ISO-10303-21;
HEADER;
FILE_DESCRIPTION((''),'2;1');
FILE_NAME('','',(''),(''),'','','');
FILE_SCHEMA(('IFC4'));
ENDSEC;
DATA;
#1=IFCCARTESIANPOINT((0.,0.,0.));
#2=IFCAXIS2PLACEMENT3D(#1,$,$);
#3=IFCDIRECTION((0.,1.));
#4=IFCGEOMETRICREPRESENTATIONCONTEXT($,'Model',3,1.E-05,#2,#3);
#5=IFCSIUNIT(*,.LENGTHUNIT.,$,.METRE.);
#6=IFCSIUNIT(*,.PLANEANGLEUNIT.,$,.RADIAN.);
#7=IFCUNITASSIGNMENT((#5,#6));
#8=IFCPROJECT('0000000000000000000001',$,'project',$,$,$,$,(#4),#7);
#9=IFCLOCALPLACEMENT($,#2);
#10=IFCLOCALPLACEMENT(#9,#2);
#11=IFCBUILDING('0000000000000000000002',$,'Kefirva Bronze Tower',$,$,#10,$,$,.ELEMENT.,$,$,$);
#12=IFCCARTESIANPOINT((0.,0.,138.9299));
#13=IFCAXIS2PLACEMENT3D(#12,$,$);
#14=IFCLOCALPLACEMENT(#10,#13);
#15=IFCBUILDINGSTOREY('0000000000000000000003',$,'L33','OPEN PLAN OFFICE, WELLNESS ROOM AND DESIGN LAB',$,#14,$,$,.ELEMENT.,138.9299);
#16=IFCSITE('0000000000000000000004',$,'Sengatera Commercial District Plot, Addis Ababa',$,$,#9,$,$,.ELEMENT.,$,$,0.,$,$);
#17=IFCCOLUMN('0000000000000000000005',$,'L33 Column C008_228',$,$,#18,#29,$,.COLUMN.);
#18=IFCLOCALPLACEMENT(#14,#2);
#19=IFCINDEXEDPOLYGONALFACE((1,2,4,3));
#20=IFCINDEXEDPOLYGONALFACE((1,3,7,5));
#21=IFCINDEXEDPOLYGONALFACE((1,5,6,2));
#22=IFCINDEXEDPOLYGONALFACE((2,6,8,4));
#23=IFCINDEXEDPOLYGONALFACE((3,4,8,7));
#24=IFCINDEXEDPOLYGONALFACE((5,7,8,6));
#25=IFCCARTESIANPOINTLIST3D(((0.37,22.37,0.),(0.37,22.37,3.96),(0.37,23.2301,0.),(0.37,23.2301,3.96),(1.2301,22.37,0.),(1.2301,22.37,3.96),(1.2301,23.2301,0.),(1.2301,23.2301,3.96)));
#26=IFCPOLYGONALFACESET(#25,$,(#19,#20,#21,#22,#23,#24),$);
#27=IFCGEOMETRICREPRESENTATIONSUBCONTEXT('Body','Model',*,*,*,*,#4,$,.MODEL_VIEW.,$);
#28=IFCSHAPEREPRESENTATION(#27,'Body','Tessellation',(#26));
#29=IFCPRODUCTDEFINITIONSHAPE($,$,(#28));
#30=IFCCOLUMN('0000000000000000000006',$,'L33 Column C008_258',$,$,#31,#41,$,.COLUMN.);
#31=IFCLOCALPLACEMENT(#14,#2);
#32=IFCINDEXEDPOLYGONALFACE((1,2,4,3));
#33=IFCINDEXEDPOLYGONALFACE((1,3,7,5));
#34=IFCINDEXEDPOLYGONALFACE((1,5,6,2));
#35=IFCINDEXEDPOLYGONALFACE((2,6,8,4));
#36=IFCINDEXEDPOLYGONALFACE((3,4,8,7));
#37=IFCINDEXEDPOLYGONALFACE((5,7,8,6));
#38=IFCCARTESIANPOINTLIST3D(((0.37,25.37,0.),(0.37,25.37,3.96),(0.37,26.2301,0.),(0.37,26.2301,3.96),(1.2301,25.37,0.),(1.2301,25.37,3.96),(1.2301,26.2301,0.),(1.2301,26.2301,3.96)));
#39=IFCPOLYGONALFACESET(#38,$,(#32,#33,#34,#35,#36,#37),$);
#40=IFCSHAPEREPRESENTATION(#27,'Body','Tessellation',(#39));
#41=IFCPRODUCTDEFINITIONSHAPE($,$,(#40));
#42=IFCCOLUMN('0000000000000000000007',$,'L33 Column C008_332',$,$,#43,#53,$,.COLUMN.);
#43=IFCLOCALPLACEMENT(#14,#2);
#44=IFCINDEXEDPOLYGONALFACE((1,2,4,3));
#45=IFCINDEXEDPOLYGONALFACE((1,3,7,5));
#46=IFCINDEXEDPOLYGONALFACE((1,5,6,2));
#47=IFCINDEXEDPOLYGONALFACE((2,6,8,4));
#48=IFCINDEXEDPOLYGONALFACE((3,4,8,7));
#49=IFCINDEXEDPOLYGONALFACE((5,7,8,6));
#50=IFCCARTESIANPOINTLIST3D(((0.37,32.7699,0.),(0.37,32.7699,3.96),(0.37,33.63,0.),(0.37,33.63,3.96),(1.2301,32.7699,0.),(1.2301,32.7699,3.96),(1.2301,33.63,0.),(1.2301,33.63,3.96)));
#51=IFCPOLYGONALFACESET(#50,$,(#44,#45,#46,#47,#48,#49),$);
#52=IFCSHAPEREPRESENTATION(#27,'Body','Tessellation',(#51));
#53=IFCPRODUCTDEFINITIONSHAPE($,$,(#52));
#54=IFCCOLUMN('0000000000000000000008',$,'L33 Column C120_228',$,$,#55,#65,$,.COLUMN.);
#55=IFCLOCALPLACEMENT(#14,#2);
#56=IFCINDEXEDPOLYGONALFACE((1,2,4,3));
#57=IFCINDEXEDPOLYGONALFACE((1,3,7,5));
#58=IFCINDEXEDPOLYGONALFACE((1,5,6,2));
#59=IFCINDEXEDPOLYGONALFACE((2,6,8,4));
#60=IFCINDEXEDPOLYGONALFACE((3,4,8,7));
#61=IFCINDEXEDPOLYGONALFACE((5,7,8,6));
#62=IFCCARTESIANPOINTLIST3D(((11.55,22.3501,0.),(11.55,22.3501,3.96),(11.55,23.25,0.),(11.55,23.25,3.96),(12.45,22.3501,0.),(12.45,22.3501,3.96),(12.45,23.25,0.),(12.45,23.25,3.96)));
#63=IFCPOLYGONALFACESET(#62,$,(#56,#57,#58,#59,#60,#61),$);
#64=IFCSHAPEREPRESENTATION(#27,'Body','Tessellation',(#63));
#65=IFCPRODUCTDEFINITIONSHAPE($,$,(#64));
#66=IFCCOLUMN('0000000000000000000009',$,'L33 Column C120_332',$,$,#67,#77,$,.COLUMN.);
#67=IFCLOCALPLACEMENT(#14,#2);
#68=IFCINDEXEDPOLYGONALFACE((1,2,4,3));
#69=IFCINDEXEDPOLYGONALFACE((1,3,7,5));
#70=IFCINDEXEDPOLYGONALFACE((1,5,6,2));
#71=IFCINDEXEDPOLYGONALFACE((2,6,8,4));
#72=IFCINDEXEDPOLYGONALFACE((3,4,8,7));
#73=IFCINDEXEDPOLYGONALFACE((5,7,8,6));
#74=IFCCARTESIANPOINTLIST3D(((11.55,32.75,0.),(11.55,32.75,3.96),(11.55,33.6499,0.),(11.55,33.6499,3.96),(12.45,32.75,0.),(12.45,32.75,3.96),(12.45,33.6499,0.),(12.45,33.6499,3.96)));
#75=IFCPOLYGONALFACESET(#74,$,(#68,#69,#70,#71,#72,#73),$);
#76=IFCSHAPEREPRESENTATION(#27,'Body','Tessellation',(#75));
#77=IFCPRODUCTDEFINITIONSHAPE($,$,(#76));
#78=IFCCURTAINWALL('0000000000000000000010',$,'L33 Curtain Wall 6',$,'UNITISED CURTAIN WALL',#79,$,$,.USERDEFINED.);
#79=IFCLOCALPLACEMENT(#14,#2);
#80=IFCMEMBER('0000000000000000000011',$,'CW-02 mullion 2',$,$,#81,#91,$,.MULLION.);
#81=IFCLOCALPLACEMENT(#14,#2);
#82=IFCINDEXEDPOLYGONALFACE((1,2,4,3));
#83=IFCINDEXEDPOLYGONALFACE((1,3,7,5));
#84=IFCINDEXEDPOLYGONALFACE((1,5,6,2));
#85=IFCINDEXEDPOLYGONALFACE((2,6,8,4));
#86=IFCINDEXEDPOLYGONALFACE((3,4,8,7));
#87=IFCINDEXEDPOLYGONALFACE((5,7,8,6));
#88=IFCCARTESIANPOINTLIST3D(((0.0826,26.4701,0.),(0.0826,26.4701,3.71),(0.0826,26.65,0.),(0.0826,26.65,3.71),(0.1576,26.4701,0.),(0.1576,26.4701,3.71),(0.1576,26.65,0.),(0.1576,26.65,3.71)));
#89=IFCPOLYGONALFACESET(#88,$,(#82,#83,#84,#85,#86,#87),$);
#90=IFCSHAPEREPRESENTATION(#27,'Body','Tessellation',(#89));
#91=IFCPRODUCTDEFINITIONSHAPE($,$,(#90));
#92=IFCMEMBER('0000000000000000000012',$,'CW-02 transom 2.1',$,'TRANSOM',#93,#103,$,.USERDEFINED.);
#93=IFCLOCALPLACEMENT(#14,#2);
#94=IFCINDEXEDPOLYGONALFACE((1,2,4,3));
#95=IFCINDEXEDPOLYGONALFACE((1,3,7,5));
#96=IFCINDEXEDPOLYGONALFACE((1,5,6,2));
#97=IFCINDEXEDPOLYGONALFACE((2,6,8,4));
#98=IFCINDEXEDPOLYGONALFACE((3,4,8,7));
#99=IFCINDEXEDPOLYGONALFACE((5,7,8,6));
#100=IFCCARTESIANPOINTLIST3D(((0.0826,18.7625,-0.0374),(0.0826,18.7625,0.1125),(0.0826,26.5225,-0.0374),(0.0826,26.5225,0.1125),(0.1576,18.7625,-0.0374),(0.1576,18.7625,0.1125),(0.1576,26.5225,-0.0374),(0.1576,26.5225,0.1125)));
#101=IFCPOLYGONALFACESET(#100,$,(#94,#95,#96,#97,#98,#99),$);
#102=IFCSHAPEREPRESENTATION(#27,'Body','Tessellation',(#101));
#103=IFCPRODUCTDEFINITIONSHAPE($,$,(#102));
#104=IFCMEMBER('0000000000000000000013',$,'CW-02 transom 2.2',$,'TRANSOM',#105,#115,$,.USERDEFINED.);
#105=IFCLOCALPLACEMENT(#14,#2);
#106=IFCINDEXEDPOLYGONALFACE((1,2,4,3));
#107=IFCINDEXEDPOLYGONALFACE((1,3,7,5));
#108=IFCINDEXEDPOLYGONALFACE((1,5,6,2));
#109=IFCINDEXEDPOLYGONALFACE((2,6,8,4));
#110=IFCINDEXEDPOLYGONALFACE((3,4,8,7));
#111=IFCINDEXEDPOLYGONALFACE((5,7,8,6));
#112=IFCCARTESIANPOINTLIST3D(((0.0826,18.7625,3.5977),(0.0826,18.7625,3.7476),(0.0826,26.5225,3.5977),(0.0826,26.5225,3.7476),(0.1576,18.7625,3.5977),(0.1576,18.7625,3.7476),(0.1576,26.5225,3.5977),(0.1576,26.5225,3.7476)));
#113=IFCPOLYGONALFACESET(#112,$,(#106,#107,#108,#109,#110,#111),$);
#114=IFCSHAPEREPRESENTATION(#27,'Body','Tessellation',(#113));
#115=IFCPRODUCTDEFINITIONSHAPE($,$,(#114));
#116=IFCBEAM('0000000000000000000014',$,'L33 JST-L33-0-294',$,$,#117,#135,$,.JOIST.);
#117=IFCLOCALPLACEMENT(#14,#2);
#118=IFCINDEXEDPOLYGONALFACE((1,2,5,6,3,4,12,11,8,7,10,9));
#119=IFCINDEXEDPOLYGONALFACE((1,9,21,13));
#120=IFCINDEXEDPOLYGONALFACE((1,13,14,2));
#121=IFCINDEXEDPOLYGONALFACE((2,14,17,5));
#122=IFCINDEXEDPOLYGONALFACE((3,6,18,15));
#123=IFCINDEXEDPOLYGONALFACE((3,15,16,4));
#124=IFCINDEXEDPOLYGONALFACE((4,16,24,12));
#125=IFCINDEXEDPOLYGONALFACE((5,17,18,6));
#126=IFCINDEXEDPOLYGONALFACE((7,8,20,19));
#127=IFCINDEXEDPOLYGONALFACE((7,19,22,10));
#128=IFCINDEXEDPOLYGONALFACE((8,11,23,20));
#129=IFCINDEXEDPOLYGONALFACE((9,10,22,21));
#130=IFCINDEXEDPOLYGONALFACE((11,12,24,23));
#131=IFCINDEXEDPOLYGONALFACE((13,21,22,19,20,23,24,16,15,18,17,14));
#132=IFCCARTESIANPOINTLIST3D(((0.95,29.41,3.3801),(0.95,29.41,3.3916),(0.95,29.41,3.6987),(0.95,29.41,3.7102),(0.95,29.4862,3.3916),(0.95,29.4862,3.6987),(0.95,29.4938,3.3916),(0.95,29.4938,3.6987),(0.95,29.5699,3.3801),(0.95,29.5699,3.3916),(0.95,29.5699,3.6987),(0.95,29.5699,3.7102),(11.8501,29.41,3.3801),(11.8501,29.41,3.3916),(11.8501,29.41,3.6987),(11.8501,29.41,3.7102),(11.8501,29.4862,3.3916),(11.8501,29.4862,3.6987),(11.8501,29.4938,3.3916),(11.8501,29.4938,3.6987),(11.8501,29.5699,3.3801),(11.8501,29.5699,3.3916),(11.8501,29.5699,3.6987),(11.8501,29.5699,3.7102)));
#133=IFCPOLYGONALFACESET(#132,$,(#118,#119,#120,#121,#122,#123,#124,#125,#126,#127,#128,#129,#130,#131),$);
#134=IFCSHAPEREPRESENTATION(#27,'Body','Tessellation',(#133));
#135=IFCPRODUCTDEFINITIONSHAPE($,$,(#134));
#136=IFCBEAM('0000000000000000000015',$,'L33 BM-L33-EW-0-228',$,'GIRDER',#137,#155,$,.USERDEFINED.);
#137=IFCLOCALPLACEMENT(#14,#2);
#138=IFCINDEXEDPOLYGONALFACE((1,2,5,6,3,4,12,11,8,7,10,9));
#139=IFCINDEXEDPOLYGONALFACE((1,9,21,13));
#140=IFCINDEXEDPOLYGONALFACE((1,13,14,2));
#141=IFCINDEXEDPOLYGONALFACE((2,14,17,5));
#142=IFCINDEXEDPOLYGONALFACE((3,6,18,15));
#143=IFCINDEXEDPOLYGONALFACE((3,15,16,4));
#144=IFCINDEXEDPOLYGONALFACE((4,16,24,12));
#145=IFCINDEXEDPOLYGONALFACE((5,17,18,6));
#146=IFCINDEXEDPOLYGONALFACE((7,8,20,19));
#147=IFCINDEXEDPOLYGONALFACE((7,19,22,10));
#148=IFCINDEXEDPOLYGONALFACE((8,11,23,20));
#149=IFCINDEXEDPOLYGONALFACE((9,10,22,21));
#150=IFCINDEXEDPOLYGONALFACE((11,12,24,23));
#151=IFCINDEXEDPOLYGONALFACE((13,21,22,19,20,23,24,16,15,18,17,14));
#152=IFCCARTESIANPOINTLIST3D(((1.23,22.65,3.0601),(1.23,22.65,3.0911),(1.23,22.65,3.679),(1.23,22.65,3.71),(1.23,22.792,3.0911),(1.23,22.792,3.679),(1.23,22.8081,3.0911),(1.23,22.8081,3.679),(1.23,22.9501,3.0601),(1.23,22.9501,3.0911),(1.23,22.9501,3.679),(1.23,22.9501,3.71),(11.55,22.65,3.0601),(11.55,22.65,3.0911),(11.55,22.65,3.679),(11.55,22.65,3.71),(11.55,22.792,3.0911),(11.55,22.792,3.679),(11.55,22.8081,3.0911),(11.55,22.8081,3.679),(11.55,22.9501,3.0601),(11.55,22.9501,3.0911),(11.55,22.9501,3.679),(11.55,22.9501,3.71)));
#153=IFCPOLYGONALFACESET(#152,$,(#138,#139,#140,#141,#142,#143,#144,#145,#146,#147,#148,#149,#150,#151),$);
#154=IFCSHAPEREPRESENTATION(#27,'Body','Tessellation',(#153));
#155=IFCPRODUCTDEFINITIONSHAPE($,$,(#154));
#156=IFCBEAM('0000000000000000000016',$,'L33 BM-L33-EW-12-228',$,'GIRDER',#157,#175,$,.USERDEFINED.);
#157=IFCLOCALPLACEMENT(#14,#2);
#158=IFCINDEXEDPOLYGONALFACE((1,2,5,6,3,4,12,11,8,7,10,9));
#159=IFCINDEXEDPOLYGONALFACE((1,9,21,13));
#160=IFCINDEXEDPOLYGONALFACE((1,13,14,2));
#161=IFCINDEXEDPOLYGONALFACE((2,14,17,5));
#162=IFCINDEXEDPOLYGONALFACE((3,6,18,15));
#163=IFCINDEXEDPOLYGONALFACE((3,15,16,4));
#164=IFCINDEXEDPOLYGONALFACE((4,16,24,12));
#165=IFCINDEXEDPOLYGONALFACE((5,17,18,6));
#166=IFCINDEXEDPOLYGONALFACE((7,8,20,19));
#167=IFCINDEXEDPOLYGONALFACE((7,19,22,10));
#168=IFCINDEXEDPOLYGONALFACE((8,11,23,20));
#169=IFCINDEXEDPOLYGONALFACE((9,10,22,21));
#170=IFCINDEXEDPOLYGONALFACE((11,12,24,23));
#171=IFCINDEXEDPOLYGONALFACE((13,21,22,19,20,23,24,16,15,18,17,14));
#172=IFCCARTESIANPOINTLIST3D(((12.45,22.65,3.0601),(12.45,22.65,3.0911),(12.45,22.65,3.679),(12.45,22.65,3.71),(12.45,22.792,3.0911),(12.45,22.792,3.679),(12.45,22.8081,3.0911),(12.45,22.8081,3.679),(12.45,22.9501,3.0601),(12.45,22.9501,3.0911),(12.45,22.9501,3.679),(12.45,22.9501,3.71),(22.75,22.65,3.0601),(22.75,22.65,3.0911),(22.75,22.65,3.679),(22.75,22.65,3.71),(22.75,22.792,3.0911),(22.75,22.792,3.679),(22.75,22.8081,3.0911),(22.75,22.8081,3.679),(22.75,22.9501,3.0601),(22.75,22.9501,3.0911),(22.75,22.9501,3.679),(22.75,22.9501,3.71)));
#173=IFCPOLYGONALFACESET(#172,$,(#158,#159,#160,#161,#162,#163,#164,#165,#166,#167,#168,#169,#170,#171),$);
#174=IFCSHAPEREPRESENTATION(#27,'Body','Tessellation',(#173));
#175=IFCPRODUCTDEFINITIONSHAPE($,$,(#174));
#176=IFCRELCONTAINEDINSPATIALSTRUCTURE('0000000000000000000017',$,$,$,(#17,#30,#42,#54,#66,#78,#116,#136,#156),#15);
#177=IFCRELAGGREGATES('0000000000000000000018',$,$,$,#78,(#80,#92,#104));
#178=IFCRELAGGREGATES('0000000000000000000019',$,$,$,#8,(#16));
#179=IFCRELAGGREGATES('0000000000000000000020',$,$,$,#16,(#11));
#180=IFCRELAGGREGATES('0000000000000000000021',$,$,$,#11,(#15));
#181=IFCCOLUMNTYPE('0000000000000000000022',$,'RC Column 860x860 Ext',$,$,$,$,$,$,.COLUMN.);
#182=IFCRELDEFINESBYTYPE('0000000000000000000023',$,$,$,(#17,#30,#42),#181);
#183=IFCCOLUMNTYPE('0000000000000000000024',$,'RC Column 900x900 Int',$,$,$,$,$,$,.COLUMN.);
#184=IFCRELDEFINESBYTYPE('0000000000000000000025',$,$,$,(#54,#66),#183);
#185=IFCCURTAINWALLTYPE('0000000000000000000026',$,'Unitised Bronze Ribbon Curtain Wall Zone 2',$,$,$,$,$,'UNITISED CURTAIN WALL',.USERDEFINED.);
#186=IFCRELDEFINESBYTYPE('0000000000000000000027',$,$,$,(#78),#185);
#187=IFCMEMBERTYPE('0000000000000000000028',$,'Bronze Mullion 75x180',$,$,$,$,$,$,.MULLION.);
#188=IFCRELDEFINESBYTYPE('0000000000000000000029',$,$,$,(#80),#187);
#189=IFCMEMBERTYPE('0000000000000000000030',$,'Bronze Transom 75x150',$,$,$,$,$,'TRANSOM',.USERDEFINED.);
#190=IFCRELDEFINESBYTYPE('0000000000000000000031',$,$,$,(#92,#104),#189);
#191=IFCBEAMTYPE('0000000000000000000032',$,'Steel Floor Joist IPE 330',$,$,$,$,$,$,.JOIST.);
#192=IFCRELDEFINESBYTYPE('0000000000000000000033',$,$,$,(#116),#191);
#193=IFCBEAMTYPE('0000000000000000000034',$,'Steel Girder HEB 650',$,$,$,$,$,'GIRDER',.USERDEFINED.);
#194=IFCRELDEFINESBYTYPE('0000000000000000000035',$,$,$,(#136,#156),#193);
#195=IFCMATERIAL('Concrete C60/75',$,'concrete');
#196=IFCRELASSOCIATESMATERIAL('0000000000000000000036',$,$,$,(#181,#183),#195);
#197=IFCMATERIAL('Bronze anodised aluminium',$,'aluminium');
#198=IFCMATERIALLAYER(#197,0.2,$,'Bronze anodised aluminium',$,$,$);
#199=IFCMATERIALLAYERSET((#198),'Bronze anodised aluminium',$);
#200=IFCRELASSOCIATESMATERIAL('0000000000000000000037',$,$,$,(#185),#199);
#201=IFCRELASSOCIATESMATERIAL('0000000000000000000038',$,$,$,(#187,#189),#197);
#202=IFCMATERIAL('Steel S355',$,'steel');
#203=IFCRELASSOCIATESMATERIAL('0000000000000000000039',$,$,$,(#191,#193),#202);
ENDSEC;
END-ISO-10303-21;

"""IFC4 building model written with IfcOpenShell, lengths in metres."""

from ifc_helpers import new_model, si_unit, direction, frame, origin, origin_2d, place, context, subcontext, project, spatial, rectangle, i_section, extrude, material, layer, layer_set, material_profile, profile_set, type_object, element, aggregate, save


model = new_model("IFC4")

# Units and contexts
model_context = context("Model", 3, precision=1e-05, world=origin(), true_north=direction((0.0, 1.0)))
body_context = subcontext(model_context, "Body", "Model", "MODEL_VIEW")
ifc_project = project(units=[si_unit("LENGTHUNIT", "METRE"), si_unit("PLANEANGLEUNIT", "RADIAN")], contexts=[model_context])

# Site, building, storey
site_placement = place(None, origin())
site = spatial("IfcSite", under=ifc_project, at=site_placement, Name="Sengatera Commercial District Plot, Addis Ababa", CompositionType="ELEMENT", RefElevation=0.0)
building_placement = place(site_placement, origin())
building = spatial("IfcBuilding", under=site, at=building_placement, Name="Kefirva Bronze Tower", CompositionType="ELEMENT")
storey_placement = place(building_placement, frame((0.0, 0.0, 138.9299)))
storey = spatial("IfcBuildingStorey", under=building, at=storey_placement, Name="L33", Description="OPEN PLAN OFFICE, WELLNESS ROOM AND DESIGN LAB", CompositionType="ELEMENT", Elevation=138.9299)

# Columns
ifc_material_1 = material(Name="Concrete C60/75", Category="concrete")
ifc_material_profile_1 = material_profile(ifc_material_1, rectangle(XDim=0.8601, YDim=0.8601, at=origin_2d()), Name="RC 860x860")
ifc_profile_set_1 = profile_set([ifc_material_profile_1], Name="Concrete C60/75")
column_type_1 = type_object("IfcColumnType", Name="RC Column 860x860 Ext", PredefinedType="COLUMN", material=ifc_profile_set_1)
for number, where, z_axis, x_axis, name in (
    (1, (0.8, 22.8, 0.0), (0.0, 0.0, 1.0), (1.0, 0.0, 0.0), "L33 Column C008_228"),
    (2, (0.8, 25.8, 0.0), (0.0, 0.0, 1.0), (1.0, 0.0, 0.0), "L33 Column C008_258"),
    (3, (0.8, 33.2, 0.0), (0.0, 0.0, 1.0), (1.0, 0.0, 0.0), "L33 Column C008_332"),
):
    element("IfcColumn", number, at=place(storey_placement, frame(where, z_axis=z_axis, x_axis=x_axis)), inside=storey, type_object=column_type_1, Name=name, PredefinedType="COLUMN", context=body_context, shape_type="SweptSolid", body=[
        extrude(rectangle(XDim=0.8601, YDim=0.8601, at=origin_2d()), origin(), (0.0, 0.0, 1.0), 3.96),
    ])
ifc_material_profile_2 = material_profile(ifc_material_1, rectangle(XDim=0.8999, YDim=0.8999, at=origin_2d()), Name="RC 900x900")
ifc_profile_set_2 = profile_set([ifc_material_profile_2], Name="Concrete C60/75")
column_type_2 = type_object("IfcColumnType", Name="RC Column 900x900 Int", PredefinedType="COLUMN", material=ifc_profile_set_2)
for number, where, z_axis, x_axis, name in (
    (4, (12.0, 22.8, 0.0), (0.0, 0.0, 1.0), (1.0, 0.0, 0.0), "L33 Column C120_228"),
    (5, (12.0, 33.2, 0.0), (0.0, 0.0, 1.0), (1.0, 0.0, 0.0), "L33 Column C120_332"),
):
    element("IfcColumn", number, at=place(storey_placement, frame(where, z_axis=z_axis, x_axis=x_axis)), inside=storey, type_object=column_type_2, Name=name, PredefinedType="COLUMN", context=body_context, shape_type="SweptSolid", body=[
        extrude(rectangle(XDim=0.8999, YDim=0.8999, at=origin_2d()), origin(), (0.0, 0.0, 1.0), 3.96),
    ])

# Curtain wall, members
ifc_material_2 = material(Name="Bronze anodised aluminium", Category="aluminium")
ifc_layer_1 = layer(ifc_material_2, 0.2, Name="Bronze anodised aluminium")
ifc_layer_set_1 = layer_set([ifc_layer_1], Name="Bronze anodised aluminium")
curtain_wall_type = type_object("IfcCurtainWallType", Name="Unitised Bronze Ribbon Curtain Wall Zone 2", ElementType="UNITISED CURTAIN WALL", PredefinedType="USERDEFINED", material=ifc_layer_set_1)
curtain_wall_placement = place(storey_placement, origin())
curtain_wall = element("IfcCurtainWall", 6, at=curtain_wall_placement, inside=storey, type_object=curtain_wall_type, Name="L33 Curtain Wall 6", ObjectType="UNITISED CURTAIN WALL", PredefinedType="USERDEFINED")
ifc_material_profile_3 = material_profile(ifc_material_2, rectangle(XDim=0.075, YDim=0.1799, at=origin_2d()), Name="ALU 75x180")
ifc_profile_set_3 = profile_set([ifc_material_profile_3], Name="Bronze anodised aluminium")
member_type_1 = type_object("IfcMemberType", Name="Bronze Mullion 75x180", PredefinedType="MULLION", material=ifc_profile_set_3)
member_1_placement = place(storey_placement, frame((0.1201, 26.5601, 0.0), z_axis=(0.0, 0.0, 1.0), x_axis=(1.0, 0.0, 0.0)))
member_1 = element("IfcMember", 7, at=member_1_placement, type_object=member_type_1, Name="CW-02 mullion 2", PredefinedType="MULLION", context=body_context, shape_type="SweptSolid", body=[
    extrude(rectangle(XDim=0.075, YDim=0.1799, at=origin_2d()), origin(), (0.0, 0.0, 1.0), 3.71),
])
ifc_material_profile_4 = material_profile(ifc_material_2, rectangle(XDim=0.075, YDim=0.1499, at=origin_2d()), Name="ALU 75x150")
ifc_profile_set_4 = profile_set([ifc_material_profile_4], Name="Bronze anodised aluminium")
member_type_2 = type_object("IfcMemberType", Name="Bronze Transom 75x150", ElementType="TRANSOM", PredefinedType="USERDEFINED", material=ifc_profile_set_4)
member_2_placement = place(storey_placement, frame((0.1201, 26.5225, 0.0376), z_axis=(0.0, -1.0, 0.0), x_axis=(1.0, 0.0, 0.0)))
member_2 = element("IfcMember", 8, at=member_2_placement, type_object=member_type_2, Name="CW-02 transom 2.1", ObjectType="TRANSOM", PredefinedType="USERDEFINED", context=body_context, shape_type="SweptSolid", body=[
    extrude(rectangle(XDim=0.075, YDim=0.1499, at=origin_2d()), origin(), (0.0, 0.0, 1.0), 7.76),
])
member_3_placement = place(storey_placement, frame((0.1201, 26.5225, 3.6726), z_axis=(0.0, -1.0, 0.0), x_axis=(1.0, 0.0, 0.0)))
member_3 = element("IfcMember", 9, at=member_3_placement, type_object=member_type_2, Name="CW-02 transom 2.2", ObjectType="TRANSOM", PredefinedType="USERDEFINED", context=body_context, shape_type="SweptSolid", body=[
    extrude(rectangle(XDim=0.075, YDim=0.1499, at=origin_2d()), origin(), (0.0, 0.0, 1.0), 7.76),
])

# Beams
ifc_material_3 = material(Name="Steel S355", Category="steel")
ifc_material_profile_5 = material_profile(ifc_material_3, i_section(OverallWidth=0.1599, OverallDepth=0.3301, WebThickness=0.0076, FlangeThickness=0.0115, at=origin_2d()), Name="IPE 330")
ifc_profile_set_5 = profile_set([ifc_material_profile_5], Name="Steel S355")
beam_type_1 = type_object("IfcBeamType", Name="Steel Floor Joist IPE 330", PredefinedType="JOIST", material=ifc_profile_set_5)
beam_1_placement = place(storey_placement, frame((0.95, 29.49, 3.5452), z_axis=(1.0, 0.0, 0.0), x_axis=(0.0, 1.0, 0.0)))
element("IfcBeam", 10, at=beam_1_placement, inside=storey, type_object=beam_type_1, Name="L33 JST-L33-0-294", PredefinedType="JOIST", context=body_context, shape_type="SweptSolid", body=[
    extrude(i_section(OverallWidth=0.1599, OverallDepth=0.3301, WebThickness=0.0076, FlangeThickness=0.0115, at=origin_2d()), origin(), (0.0, 0.0, 1.0), 10.9001),
])
ifc_material_profile_6 = material_profile(ifc_material_3, i_section(OverallWidth=0.3, OverallDepth=0.6499, WebThickness=0.0161, FlangeThickness=0.031, at=origin_2d()), Name="HEB 650")
ifc_profile_set_6 = profile_set([ifc_material_profile_6], Name="Steel S355")
beam_type_2 = type_object("IfcBeamType", Name="Steel Girder HEB 650", ElementType="GIRDER", PredefinedType="USERDEFINED", material=ifc_profile_set_6)
beam_2_placement = place(storey_placement, frame((1.23, 22.8, 3.385), z_axis=(1.0, 0.0, 0.0), x_axis=(0.0, 1.0, 0.0)))
element("IfcBeam", 11, at=beam_2_placement, inside=storey, type_object=beam_type_2, Name="L33 BM-L33-EW-0-228", ObjectType="GIRDER", PredefinedType="USERDEFINED", context=body_context, shape_type="SweptSolid", body=[
    extrude(i_section(OverallWidth=0.3, OverallDepth=0.6499, WebThickness=0.0161, FlangeThickness=0.031, at=origin_2d()), origin(), (0.0, 0.0, 1.0), 10.3201),
])
beam_3_placement = place(storey_placement, frame((12.45, 22.8, 3.385), z_axis=(1.0, 0.0, 0.0), x_axis=(0.0, 1.0, 0.0)))
element("IfcBeam", 12, at=beam_3_placement, inside=storey, type_object=beam_type_2, Name="L33 BM-L33-EW-12-228", ObjectType="GIRDER", PredefinedType="USERDEFINED", context=body_context, shape_type="SweptSolid", body=[
    extrude(i_section(OverallWidth=0.3, OverallDepth=0.6499, WebThickness=0.0161, FlangeThickness=0.031, at=origin_2d()), origin(), (0.0, 0.0, 1.0), 10.3),
])

aggregate(curtain_wall, [member_1, member_2, member_3])

save(model, "model.ifc")
